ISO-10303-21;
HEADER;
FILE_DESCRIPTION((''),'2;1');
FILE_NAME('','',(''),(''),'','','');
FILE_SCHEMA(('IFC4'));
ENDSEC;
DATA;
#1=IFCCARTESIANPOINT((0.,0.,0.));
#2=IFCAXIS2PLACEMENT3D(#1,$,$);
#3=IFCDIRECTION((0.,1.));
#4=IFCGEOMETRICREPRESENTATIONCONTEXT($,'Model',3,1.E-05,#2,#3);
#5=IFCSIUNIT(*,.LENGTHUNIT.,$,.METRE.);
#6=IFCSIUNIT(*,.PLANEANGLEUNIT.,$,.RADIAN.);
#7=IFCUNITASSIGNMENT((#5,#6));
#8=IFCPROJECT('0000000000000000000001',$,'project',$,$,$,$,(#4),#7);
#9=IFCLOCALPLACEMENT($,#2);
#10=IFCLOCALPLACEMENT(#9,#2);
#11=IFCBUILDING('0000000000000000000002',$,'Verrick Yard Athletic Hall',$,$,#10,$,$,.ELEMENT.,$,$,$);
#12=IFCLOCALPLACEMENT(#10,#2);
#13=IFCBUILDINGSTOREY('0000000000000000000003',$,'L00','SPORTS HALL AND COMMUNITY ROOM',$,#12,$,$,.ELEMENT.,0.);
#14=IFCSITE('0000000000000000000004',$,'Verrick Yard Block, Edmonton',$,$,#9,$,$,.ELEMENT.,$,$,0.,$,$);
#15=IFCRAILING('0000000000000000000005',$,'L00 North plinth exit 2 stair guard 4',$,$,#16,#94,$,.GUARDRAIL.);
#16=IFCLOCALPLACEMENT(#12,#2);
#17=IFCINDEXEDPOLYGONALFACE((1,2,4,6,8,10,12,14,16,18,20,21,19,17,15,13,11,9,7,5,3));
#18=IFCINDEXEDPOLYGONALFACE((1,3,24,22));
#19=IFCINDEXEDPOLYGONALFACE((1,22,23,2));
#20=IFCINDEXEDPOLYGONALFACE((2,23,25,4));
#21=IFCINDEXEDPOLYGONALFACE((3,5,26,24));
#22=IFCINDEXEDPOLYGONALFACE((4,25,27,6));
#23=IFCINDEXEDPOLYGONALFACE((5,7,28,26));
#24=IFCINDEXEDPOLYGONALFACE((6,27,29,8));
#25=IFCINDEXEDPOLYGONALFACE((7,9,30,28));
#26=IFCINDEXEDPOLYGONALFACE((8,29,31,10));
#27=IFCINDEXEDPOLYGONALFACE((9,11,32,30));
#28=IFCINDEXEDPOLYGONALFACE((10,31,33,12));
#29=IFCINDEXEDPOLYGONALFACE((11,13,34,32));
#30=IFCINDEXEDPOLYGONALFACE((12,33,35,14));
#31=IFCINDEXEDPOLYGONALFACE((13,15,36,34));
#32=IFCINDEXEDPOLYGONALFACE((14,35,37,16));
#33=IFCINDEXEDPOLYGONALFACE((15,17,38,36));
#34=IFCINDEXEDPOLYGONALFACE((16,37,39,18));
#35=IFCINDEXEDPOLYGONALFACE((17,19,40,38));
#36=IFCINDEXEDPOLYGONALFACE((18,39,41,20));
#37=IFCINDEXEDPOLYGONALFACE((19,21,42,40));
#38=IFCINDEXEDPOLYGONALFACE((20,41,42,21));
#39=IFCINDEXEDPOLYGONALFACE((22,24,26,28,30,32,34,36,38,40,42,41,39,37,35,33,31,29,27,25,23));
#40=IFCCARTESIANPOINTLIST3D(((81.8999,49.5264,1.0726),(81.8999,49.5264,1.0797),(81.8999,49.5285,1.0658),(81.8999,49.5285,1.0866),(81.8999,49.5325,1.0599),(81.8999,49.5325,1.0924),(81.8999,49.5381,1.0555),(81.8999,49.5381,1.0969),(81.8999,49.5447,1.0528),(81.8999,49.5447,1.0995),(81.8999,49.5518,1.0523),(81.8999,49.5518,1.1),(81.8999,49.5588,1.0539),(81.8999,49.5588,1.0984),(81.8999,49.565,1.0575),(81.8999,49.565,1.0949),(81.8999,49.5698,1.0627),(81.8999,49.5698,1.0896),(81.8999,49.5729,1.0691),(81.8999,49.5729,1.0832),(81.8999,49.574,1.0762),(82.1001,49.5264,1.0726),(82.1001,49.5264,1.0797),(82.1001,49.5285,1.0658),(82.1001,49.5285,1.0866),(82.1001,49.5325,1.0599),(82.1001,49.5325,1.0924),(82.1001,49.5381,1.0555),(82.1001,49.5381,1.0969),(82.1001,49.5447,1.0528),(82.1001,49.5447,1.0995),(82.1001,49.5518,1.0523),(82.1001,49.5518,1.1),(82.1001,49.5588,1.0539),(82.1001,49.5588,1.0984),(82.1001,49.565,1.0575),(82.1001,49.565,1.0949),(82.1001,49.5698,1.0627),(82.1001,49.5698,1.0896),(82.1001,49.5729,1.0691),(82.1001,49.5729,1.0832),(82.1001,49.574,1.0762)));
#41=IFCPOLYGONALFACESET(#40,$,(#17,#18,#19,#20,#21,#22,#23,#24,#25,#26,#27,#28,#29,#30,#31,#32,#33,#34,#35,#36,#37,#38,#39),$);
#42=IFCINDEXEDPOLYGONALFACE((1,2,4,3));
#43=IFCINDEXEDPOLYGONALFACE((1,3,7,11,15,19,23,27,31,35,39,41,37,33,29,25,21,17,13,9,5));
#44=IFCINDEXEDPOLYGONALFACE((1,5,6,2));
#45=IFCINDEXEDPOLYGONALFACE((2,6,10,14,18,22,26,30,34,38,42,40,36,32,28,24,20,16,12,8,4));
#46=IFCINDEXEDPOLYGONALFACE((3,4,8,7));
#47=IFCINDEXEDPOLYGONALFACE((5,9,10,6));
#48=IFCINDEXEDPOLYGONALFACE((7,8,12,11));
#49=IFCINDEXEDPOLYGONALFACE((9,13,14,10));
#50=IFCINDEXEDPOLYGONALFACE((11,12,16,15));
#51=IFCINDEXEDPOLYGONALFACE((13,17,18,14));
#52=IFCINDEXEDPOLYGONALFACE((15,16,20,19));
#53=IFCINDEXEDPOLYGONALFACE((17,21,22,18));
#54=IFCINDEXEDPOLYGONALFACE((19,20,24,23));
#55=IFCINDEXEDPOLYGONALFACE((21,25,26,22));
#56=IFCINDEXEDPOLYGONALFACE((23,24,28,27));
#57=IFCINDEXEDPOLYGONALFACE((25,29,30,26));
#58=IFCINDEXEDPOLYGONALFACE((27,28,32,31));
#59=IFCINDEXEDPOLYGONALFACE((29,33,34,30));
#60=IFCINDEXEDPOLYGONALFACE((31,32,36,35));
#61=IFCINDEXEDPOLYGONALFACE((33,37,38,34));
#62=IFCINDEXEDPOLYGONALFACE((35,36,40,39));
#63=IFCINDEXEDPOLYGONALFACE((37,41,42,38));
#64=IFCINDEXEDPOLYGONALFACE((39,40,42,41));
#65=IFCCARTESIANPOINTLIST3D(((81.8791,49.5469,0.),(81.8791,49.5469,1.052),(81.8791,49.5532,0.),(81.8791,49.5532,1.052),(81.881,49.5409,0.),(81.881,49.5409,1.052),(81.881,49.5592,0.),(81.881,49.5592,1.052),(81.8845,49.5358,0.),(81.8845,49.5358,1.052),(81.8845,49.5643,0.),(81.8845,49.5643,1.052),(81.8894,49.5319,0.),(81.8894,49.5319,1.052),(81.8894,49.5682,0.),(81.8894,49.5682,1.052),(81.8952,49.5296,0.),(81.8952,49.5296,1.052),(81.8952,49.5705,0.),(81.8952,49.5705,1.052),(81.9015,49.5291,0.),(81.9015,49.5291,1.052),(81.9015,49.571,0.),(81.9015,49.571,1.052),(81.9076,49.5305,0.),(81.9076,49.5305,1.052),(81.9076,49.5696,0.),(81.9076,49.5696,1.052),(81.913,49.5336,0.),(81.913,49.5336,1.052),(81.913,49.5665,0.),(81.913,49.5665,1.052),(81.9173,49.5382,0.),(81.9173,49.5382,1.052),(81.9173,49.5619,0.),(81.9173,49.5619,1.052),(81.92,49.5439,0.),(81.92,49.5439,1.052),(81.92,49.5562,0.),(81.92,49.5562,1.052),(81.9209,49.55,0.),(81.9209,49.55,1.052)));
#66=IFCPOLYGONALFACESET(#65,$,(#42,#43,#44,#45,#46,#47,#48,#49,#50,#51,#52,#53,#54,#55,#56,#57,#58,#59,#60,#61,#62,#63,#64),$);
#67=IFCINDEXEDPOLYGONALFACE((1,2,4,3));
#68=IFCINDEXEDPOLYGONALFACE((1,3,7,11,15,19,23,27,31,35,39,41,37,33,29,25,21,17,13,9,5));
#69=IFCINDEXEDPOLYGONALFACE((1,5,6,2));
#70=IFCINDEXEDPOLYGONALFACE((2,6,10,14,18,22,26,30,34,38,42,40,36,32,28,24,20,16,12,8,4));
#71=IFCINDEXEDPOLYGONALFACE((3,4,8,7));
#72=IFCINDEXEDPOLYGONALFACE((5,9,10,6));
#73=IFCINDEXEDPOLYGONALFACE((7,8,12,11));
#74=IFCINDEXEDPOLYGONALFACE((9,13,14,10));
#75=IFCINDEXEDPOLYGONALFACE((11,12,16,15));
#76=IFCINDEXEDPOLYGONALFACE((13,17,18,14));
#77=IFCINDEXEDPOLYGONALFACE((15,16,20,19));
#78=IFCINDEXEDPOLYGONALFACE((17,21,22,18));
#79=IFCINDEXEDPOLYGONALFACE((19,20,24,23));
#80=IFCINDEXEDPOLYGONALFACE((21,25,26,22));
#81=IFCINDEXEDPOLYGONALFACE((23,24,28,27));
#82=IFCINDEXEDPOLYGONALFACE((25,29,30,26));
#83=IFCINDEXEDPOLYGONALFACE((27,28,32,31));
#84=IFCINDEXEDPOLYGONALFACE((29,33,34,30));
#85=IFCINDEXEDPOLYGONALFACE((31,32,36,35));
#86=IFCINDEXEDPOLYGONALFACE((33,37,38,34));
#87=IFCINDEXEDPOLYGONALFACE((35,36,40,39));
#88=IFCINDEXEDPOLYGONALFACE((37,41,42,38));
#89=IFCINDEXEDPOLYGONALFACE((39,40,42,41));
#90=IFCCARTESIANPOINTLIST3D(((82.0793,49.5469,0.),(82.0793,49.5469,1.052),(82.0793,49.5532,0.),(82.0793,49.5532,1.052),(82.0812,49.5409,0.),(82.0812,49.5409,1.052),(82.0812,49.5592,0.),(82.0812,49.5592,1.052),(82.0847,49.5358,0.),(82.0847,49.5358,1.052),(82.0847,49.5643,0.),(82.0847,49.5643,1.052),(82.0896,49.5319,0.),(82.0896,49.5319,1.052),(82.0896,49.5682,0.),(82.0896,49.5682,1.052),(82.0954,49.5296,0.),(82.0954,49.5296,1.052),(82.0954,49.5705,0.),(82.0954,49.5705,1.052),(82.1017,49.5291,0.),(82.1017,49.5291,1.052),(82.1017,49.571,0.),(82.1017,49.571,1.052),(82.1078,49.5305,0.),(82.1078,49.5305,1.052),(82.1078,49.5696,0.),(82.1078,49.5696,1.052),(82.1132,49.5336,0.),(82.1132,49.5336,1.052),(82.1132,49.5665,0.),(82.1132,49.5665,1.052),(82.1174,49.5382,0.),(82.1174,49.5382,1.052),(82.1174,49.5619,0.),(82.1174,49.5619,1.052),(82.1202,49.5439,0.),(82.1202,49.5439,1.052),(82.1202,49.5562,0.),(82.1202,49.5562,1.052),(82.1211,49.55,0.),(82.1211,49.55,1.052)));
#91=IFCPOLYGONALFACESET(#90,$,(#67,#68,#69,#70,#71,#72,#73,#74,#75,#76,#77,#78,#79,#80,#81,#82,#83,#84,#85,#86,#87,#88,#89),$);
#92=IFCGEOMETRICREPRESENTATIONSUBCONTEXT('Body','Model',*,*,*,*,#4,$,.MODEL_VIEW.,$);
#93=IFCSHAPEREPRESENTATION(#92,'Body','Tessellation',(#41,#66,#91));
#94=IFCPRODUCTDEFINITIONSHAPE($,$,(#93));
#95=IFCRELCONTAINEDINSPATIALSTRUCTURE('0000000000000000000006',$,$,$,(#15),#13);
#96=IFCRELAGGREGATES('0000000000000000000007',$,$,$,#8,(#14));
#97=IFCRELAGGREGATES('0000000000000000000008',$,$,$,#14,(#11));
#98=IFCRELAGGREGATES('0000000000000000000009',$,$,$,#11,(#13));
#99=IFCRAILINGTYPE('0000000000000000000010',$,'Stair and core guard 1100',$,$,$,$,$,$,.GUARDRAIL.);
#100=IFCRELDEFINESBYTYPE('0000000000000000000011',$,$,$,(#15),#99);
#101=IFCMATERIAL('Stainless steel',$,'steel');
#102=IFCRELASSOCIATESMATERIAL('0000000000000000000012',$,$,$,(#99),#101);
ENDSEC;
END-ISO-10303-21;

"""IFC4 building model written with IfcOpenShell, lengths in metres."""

from ifc_helpers import new_model, si_unit, direction, frame, origin, origin_2d, place, context, subcontext, project, spatial, circle, extrude, material, type_object, element, save


model = new_model("IFC4")

# Units and contexts
model_context = context("Model", 3, precision=1e-05, world=origin(), true_north=direction((0.0, 1.0)))
body_context = subcontext(model_context, "Body", "Model", "MODEL_VIEW")
ifc_project = project(units=[si_unit("LENGTHUNIT", "METRE"), si_unit("PLANEANGLEUNIT", "RADIAN")], contexts=[model_context])

# Site, building, storey
site_placement = place(None, origin())
site = spatial("IfcSite", under=ifc_project, at=site_placement, Name="Verrick Yard Block, Edmonton", CompositionType="ELEMENT", RefElevation=0.0)
building_placement = place(site_placement, origin())
building = spatial("IfcBuilding", under=site, at=building_placement, Name="Verrick Yard Athletic Hall", CompositionType="ELEMENT")
storey_placement = place(building_placement, origin())
storey = spatial("IfcBuildingStorey", under=building, at=storey_placement, Name="L00", Description="SPORTS HALL AND COMMUNITY ROOM", CompositionType="ELEMENT", Elevation=0.0)

# Railing
ifc_material_1 = material(Name="Stainless steel", Category="steel")
railing_type_1 = type_object("IfcRailingType", Name="Stair and core guard 1100", PredefinedType="GUARDRAIL", material=ifc_material_1)
railing_1_placement = place(storey_placement, frame((81.8999, 49.55, 0.0)))
element("IfcRailing", 1, at=railing_1_placement, inside=storey, type_object=railing_type_1, Name="L00 North plinth exit 2 stair guard 4", PredefinedType="GUARDRAIL", context=body_context, shape_type="SweptSolid", body=[
    extrude(circle(Radius=0.0239, at=origin_2d()), frame((0.0, 0.0, 1.0762), z_axis=(1.0, 0.0, 0.0), x_axis=(0.0, 1.0, 0.0)), (0.0, 0.0, 1.0), 0.2002),
    extrude(circle(Radius=0.021, at=origin_2d()), origin(), (0.0, 0.0, 1.0), 1.052),
    extrude(circle(Radius=0.021, at=origin_2d()), frame((0.2002, 0.0, 0.0)), (0.0, 0.0, 1.0), 1.052),
])

save(model, "model.ifc")
